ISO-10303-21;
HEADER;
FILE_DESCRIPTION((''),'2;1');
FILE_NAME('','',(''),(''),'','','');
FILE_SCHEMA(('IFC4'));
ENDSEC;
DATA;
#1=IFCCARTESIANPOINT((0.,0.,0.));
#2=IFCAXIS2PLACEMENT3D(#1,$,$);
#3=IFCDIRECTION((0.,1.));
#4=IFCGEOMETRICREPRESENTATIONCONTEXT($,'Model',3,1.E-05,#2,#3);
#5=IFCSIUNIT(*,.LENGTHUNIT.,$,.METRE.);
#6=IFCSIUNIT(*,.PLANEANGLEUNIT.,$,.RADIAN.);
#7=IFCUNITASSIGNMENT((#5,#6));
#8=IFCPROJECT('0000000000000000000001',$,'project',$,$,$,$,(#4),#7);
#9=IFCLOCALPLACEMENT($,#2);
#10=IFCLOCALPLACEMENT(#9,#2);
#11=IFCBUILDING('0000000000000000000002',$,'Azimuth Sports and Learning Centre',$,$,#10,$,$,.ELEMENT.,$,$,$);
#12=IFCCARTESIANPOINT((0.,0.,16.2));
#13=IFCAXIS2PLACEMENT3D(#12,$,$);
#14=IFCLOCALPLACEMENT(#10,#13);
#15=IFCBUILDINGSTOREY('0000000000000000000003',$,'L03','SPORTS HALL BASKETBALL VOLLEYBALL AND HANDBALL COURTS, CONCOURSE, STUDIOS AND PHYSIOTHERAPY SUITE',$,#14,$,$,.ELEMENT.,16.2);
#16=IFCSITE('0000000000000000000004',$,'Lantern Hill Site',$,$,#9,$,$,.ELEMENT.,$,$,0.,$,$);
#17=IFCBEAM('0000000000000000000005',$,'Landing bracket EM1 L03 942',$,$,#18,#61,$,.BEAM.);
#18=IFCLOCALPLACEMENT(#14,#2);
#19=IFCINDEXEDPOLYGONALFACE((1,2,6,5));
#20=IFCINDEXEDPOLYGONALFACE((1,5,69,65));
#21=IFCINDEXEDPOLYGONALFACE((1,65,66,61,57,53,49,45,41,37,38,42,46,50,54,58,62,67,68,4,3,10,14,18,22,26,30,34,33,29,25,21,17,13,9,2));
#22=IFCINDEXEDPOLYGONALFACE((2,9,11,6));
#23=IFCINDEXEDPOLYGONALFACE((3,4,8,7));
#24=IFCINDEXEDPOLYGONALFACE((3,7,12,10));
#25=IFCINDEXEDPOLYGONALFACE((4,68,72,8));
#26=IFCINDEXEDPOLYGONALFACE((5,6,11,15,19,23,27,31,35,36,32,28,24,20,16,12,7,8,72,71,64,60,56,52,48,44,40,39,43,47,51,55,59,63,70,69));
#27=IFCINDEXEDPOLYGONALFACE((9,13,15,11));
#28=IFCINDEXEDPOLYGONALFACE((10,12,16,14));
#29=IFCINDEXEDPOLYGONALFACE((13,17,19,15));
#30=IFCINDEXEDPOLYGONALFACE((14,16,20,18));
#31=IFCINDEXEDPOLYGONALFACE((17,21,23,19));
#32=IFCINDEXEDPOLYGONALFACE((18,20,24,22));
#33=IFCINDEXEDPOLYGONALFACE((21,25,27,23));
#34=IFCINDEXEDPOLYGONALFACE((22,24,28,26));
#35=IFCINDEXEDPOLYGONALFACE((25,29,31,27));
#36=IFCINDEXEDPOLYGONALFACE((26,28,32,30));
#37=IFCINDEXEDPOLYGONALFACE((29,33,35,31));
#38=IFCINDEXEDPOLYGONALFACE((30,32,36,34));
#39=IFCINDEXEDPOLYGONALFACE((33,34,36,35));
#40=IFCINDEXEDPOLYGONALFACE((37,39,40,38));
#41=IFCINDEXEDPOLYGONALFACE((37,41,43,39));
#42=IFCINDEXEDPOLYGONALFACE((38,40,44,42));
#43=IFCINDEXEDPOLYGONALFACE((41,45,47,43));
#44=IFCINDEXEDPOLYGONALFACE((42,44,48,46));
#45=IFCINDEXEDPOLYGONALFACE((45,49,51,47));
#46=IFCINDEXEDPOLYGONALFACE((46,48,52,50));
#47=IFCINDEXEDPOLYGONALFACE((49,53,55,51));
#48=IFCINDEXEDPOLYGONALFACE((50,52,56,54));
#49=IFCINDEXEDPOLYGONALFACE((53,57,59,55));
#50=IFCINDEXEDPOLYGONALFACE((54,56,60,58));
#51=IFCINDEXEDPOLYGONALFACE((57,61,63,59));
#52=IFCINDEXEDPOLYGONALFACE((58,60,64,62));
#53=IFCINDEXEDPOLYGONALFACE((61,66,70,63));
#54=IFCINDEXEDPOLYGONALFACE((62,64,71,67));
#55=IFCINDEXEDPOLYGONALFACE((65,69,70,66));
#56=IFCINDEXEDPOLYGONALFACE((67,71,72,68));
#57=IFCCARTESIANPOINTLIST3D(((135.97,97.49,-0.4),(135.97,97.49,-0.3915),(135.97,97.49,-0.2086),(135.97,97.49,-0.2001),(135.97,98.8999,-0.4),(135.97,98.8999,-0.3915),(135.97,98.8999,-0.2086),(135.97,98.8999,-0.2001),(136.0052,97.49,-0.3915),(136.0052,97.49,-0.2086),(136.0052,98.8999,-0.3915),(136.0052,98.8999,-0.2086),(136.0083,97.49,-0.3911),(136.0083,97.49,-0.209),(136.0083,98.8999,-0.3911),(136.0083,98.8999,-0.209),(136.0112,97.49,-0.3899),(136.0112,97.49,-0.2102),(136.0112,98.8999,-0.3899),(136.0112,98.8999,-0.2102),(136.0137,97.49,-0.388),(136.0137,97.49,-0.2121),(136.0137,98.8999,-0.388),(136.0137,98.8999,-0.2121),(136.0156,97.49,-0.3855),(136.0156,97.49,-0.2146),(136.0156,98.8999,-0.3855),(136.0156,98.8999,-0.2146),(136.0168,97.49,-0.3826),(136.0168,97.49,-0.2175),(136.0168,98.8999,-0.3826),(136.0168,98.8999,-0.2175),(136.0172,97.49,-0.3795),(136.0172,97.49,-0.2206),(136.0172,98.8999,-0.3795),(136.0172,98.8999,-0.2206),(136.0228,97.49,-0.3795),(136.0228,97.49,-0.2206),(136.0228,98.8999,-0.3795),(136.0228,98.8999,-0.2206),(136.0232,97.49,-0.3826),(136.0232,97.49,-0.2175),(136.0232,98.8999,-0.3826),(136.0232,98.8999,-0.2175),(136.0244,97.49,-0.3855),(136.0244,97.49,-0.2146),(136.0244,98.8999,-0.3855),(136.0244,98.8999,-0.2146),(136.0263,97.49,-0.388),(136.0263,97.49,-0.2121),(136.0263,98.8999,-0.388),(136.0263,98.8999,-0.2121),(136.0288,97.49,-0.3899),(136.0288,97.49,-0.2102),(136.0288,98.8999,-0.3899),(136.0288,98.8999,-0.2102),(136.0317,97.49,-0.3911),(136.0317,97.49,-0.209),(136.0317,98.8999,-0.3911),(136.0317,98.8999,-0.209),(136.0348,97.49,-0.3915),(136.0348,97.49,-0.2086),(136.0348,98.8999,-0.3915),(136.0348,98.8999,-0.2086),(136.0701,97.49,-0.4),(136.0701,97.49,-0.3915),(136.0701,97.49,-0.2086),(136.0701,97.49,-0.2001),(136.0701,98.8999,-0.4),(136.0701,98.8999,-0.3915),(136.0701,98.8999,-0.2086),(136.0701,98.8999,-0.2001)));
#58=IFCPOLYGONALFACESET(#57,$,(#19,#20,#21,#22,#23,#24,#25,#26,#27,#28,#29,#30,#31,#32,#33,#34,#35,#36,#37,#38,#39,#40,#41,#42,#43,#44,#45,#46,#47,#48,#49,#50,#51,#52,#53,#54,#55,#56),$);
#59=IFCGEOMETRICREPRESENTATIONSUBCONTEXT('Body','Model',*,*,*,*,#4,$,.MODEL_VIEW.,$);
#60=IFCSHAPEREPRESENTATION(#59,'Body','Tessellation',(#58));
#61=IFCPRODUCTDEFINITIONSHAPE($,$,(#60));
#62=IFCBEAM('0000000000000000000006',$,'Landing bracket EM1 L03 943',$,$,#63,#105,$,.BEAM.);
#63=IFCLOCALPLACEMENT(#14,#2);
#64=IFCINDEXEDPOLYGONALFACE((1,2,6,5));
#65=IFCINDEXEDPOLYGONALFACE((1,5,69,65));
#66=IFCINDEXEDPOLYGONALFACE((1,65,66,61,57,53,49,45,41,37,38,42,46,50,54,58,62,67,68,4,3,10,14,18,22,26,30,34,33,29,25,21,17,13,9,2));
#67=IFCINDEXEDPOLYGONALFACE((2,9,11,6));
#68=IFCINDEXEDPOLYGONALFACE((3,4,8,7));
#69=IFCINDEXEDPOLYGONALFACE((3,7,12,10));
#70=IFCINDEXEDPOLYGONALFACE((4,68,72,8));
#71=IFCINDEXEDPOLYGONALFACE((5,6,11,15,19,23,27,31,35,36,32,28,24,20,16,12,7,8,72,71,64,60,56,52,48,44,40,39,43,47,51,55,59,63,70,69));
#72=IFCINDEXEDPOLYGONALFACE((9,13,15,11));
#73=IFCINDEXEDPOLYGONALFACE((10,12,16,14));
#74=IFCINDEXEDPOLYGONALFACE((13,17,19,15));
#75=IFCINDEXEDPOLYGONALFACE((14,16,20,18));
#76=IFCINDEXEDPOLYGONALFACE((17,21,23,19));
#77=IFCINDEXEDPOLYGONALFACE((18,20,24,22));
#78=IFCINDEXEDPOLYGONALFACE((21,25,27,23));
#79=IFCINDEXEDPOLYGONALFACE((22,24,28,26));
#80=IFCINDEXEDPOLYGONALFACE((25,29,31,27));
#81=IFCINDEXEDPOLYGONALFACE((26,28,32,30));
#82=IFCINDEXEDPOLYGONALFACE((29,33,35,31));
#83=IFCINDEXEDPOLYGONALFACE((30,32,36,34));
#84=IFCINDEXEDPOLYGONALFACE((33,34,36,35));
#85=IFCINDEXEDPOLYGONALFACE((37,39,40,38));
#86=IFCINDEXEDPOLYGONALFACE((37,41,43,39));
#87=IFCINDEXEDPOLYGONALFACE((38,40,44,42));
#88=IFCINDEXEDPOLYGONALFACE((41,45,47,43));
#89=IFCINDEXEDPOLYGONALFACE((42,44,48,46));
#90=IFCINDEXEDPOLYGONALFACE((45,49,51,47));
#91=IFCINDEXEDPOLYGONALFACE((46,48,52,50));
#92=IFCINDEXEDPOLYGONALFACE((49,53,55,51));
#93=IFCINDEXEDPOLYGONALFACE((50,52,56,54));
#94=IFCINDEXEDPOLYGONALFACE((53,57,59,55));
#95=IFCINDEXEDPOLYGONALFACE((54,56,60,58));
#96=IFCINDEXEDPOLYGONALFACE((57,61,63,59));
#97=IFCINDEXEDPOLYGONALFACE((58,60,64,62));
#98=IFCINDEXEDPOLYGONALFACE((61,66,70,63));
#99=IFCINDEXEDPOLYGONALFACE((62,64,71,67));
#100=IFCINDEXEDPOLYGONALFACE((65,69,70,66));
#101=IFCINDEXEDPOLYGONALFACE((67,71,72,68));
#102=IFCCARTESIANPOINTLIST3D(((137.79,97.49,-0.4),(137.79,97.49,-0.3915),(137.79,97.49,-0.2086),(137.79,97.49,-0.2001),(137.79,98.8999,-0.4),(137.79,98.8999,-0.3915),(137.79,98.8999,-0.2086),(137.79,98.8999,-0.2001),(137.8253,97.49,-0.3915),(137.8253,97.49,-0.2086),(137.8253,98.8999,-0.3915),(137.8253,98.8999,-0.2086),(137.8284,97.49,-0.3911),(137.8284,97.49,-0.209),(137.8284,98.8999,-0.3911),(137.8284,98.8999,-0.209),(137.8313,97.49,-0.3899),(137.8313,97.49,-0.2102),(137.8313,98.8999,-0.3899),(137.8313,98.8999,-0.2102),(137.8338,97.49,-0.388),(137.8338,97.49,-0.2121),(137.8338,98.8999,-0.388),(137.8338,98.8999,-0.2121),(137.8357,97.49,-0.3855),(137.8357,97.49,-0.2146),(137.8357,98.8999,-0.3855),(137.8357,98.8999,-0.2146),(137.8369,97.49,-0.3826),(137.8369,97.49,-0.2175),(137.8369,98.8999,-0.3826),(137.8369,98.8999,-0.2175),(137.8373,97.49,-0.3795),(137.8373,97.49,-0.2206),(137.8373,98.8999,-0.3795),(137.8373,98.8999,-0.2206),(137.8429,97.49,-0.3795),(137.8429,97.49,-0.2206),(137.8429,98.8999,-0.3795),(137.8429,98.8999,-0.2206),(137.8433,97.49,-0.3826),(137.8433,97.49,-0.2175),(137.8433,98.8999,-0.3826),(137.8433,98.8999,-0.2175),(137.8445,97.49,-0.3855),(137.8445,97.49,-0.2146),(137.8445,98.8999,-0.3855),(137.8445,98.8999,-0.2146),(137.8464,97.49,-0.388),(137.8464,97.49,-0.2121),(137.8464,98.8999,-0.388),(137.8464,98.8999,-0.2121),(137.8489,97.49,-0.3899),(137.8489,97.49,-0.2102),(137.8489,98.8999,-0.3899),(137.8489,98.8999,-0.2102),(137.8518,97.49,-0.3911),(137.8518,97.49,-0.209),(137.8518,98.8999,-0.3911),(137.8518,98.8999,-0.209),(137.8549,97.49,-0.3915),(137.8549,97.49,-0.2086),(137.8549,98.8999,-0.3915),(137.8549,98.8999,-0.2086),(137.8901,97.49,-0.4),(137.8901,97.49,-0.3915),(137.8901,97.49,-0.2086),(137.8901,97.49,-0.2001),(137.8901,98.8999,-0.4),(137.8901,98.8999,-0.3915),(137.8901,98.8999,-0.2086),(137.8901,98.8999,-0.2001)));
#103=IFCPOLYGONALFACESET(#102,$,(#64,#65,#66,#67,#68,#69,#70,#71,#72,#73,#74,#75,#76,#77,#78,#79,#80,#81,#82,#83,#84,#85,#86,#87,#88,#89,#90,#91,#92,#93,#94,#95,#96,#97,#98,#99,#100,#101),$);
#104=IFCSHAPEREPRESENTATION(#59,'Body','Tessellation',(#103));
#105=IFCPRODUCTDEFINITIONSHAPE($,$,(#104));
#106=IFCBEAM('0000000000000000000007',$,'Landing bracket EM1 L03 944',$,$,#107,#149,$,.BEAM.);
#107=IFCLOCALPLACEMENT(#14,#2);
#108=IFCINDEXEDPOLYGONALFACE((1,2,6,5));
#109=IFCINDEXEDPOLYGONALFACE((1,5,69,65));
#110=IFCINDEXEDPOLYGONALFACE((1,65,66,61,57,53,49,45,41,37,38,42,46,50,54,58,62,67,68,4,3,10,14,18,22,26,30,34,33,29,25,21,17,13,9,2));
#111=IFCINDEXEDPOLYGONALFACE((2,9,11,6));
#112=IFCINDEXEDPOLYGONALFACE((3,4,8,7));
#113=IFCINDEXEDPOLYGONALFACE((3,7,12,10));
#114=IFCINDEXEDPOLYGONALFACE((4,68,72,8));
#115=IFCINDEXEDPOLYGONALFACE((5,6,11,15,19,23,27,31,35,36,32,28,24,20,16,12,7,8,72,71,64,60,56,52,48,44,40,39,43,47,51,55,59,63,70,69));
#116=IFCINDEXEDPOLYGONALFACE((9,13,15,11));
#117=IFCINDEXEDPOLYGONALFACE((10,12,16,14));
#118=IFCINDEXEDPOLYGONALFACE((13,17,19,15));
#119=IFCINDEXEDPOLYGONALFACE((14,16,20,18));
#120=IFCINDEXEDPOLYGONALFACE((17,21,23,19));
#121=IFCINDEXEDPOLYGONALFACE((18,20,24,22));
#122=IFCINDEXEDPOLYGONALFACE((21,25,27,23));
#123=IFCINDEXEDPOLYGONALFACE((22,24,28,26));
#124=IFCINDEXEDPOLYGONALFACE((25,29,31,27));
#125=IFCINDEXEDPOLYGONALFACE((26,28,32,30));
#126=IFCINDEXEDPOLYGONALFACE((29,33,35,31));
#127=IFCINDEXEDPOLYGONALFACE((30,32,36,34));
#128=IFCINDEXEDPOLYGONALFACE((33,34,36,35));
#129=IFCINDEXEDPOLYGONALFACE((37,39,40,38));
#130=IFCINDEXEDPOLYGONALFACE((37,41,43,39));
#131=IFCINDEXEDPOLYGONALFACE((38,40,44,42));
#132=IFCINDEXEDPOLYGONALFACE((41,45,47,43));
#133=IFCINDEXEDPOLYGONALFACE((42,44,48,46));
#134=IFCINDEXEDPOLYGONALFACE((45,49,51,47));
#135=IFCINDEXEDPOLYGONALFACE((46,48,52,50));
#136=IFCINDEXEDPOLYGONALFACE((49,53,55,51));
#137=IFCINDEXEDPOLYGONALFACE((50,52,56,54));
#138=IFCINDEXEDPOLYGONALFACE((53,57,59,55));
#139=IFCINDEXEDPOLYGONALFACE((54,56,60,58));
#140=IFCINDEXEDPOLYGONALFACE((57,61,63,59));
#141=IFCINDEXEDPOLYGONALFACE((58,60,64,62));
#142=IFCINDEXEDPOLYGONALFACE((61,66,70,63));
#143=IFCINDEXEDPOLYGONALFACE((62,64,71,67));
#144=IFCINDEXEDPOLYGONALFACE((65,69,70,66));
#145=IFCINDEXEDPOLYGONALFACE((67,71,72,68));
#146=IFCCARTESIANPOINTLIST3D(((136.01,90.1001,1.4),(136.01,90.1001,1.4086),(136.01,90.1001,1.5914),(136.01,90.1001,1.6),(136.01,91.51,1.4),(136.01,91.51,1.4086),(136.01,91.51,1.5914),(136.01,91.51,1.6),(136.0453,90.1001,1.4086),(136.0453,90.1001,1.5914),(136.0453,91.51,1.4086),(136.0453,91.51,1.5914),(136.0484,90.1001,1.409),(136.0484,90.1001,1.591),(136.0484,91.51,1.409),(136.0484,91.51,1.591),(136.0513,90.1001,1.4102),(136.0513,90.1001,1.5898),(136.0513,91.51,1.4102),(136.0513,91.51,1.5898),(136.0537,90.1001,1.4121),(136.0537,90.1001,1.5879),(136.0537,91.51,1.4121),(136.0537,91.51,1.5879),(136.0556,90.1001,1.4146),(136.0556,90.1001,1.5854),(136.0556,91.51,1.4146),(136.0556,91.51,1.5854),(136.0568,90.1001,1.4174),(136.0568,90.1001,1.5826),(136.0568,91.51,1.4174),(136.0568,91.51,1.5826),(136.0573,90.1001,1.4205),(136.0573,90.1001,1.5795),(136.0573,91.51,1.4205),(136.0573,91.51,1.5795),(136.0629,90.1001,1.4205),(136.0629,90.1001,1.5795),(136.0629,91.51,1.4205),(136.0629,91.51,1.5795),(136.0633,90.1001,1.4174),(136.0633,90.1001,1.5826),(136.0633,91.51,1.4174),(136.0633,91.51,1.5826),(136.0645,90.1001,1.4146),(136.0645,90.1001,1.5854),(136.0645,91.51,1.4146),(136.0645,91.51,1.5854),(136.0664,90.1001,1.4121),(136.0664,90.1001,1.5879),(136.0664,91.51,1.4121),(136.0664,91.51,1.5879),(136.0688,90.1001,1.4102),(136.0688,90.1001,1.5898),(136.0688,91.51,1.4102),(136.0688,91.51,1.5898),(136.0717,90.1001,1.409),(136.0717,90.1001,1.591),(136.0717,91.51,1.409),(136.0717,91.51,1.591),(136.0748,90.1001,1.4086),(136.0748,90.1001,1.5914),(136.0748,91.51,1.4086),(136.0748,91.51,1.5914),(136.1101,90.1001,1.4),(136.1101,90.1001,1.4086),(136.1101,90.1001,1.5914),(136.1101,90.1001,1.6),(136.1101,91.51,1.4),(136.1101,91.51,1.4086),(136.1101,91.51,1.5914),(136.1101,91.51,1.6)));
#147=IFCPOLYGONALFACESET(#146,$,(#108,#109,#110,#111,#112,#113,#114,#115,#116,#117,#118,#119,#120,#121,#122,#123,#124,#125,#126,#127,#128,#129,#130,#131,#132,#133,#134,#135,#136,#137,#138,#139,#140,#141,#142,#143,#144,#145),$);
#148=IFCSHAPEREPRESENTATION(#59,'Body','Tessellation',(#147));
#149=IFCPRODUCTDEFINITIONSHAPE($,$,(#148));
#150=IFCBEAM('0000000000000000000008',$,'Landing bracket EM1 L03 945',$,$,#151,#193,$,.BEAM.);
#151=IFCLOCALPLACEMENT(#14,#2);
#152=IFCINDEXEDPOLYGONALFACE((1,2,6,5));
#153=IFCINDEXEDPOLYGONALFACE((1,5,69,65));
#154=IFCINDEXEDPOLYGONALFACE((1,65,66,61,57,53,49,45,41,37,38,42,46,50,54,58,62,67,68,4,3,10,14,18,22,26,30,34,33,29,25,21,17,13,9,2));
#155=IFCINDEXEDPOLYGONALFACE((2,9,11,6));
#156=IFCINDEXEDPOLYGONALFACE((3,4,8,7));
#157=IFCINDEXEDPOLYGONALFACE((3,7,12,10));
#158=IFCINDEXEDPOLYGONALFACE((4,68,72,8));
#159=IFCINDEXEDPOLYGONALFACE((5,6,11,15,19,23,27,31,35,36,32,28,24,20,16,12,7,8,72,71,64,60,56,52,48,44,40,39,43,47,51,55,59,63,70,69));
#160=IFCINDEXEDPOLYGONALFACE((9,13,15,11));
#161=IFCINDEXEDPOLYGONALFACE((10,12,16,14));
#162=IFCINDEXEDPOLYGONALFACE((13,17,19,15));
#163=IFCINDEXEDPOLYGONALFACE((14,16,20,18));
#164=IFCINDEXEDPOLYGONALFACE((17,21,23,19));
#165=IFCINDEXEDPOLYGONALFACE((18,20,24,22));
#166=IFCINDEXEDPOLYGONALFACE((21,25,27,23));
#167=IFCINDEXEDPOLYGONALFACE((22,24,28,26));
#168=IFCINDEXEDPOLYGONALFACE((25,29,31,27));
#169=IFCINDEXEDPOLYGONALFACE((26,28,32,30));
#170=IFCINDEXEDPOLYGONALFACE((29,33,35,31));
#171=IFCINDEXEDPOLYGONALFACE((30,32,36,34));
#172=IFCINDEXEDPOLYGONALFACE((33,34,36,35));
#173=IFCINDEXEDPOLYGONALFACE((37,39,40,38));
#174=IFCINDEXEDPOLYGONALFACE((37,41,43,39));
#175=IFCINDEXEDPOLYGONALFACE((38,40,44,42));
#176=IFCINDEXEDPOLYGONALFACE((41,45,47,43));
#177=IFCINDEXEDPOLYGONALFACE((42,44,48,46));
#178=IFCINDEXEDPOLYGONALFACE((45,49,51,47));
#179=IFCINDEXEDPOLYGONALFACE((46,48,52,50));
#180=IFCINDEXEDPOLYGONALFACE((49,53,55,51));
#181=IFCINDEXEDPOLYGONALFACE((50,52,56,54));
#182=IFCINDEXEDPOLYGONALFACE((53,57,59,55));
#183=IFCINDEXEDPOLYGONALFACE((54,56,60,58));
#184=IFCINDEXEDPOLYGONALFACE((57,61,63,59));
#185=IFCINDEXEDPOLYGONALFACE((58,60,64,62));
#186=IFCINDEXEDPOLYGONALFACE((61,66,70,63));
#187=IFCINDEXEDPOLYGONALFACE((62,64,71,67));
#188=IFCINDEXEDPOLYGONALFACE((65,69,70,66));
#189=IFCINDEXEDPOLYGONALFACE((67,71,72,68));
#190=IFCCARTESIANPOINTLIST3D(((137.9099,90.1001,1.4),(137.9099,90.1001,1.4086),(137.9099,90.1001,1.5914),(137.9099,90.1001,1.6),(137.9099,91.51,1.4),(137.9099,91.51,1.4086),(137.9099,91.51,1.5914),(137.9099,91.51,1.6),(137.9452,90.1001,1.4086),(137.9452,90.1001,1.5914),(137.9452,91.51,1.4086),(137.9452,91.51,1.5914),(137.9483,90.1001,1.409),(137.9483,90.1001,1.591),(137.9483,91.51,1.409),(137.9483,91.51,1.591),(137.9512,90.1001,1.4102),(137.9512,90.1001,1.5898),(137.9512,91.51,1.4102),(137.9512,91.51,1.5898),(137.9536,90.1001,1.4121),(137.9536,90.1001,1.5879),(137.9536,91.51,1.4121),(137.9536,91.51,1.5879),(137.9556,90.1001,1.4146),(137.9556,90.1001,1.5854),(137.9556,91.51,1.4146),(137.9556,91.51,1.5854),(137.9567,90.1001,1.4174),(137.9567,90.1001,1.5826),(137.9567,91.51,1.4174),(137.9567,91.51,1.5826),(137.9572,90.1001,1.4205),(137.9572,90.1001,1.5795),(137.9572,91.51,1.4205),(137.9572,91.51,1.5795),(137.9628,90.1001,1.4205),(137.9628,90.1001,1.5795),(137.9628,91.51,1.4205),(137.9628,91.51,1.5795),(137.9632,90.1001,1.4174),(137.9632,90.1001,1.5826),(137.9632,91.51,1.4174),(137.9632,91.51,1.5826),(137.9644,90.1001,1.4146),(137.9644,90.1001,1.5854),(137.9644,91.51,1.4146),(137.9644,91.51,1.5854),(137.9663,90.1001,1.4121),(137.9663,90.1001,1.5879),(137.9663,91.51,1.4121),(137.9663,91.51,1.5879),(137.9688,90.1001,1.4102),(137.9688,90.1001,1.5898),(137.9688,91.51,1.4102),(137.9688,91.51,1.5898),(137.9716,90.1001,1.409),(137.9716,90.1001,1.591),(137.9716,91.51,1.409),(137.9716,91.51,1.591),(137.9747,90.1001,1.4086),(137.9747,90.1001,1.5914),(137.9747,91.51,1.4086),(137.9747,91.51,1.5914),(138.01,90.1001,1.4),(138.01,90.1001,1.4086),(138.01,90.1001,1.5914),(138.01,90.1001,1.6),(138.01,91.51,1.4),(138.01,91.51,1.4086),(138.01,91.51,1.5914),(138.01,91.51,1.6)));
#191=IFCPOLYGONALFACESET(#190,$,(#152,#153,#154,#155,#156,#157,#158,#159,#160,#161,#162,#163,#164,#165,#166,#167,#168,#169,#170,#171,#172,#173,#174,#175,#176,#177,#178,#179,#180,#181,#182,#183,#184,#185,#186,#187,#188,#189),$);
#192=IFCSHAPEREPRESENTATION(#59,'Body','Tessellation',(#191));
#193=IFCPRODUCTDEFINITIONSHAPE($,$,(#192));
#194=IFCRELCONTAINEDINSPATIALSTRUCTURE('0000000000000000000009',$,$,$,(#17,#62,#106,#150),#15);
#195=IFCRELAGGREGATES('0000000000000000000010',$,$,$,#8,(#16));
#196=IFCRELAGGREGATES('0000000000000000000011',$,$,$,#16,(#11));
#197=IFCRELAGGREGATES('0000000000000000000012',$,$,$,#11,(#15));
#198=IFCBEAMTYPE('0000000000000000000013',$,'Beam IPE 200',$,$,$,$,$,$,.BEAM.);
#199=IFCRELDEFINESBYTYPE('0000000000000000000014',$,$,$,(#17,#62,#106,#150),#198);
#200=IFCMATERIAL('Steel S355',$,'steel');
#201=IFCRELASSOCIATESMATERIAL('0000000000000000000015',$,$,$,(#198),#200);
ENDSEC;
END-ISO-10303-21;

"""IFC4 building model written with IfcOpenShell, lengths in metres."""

from ifc_helpers import new_model, si_unit, direction, frame, origin, origin_2d, place, context, subcontext, project, spatial, i_section, extrude, material, material_profile, profile_set, type_object, element, save


model = new_model("IFC4")

# Units and contexts
model_context = context("Model", 3, precision=1e-05, world=origin(), true_north=direction((0.0, 1.0)))
body_context = subcontext(model_context, "Body", "Model", "MODEL_VIEW")
ifc_project = project(units=[si_unit("LENGTHUNIT", "METRE"), si_unit("PLANEANGLEUNIT", "RADIAN")], contexts=[model_context])

# Site, building, storey
site_placement = place(None, origin())
site = spatial("IfcSite", under=ifc_project, at=site_placement, Name="Lantern Hill Site", CompositionType="ELEMENT", RefElevation=0.0)
building_placement = place(site_placement, origin())
building = spatial("IfcBuilding", under=site, at=building_placement, Name="Azimuth Sports and Learning Centre", CompositionType="ELEMENT")
storey_placement = place(building_placement, frame((0.0, 0.0, 16.2)))
storey = spatial("IfcBuildingStorey", under=building, at=storey_placement, Name="L03", Description="SPORTS HALL BASKETBALL VOLLEYBALL AND HANDBALL COURTS, CONCOURSE, STUDIOS AND PHYSIOTHERAPY SUITE", CompositionType="ELEMENT", Elevation=16.2)

# Beams
ifc_material_1 = material(Name="Steel S355", Category="steel")
ifc_material_profile_1 = material_profile(ifc_material_1, i_section(OverallWidth=0.1001, OverallDepth=0.2, WebThickness=0.0056, FlangeThickness=0.0085, FilletRadius=0.012, at=origin_2d()), Name="IPE 200")
ifc_profile_set_1 = profile_set([ifc_material_profile_1], Name="Steel S355")
beam_type_1 = type_object("IfcBeamType", Name="Beam IPE 200", PredefinedType="BEAM", material=ifc_profile_set_1)
for number, where, z_axis, x_axis, name in (
    (1, (136.02, 98.8999, -0.3), (0.0, -1.0, 0.0), (1.0, 0.0, 0.0), "Landing bracket EM1 L03 942"),
    (2, (137.8401, 98.8999, -0.3), (0.0, -1.0, 0.0), (1.0, 0.0, 0.0), "Landing bracket EM1 L03 943"),
    (3, (136.0601, 90.1001, 1.5), (0.0, 1.0, 0.0), (-1.0, 0.0, 0.0), "Landing bracket EM1 L03 944"),
    (4, (137.96, 90.1001, 1.5), (0.0, 1.0, 0.0), (-1.0, 0.0, 0.0), "Landing bracket EM1 L03 945"),
):
    element("IfcBeam", number, at=place(storey_placement, frame(where, z_axis=z_axis, x_axis=x_axis)), inside=storey, type_object=beam_type_1, Name=name, PredefinedType="BEAM", context=body_context, shape_type="SweptSolid", body=[
        extrude(i_section(OverallWidth=0.1001, OverallDepth=0.2, WebThickness=0.0056, FlangeThickness=0.0085, FilletRadius=0.012, at=origin_2d()), origin(), (0.0, 0.0, 1.0), 1.4099),
    ])

save(model, "model.ifc")
